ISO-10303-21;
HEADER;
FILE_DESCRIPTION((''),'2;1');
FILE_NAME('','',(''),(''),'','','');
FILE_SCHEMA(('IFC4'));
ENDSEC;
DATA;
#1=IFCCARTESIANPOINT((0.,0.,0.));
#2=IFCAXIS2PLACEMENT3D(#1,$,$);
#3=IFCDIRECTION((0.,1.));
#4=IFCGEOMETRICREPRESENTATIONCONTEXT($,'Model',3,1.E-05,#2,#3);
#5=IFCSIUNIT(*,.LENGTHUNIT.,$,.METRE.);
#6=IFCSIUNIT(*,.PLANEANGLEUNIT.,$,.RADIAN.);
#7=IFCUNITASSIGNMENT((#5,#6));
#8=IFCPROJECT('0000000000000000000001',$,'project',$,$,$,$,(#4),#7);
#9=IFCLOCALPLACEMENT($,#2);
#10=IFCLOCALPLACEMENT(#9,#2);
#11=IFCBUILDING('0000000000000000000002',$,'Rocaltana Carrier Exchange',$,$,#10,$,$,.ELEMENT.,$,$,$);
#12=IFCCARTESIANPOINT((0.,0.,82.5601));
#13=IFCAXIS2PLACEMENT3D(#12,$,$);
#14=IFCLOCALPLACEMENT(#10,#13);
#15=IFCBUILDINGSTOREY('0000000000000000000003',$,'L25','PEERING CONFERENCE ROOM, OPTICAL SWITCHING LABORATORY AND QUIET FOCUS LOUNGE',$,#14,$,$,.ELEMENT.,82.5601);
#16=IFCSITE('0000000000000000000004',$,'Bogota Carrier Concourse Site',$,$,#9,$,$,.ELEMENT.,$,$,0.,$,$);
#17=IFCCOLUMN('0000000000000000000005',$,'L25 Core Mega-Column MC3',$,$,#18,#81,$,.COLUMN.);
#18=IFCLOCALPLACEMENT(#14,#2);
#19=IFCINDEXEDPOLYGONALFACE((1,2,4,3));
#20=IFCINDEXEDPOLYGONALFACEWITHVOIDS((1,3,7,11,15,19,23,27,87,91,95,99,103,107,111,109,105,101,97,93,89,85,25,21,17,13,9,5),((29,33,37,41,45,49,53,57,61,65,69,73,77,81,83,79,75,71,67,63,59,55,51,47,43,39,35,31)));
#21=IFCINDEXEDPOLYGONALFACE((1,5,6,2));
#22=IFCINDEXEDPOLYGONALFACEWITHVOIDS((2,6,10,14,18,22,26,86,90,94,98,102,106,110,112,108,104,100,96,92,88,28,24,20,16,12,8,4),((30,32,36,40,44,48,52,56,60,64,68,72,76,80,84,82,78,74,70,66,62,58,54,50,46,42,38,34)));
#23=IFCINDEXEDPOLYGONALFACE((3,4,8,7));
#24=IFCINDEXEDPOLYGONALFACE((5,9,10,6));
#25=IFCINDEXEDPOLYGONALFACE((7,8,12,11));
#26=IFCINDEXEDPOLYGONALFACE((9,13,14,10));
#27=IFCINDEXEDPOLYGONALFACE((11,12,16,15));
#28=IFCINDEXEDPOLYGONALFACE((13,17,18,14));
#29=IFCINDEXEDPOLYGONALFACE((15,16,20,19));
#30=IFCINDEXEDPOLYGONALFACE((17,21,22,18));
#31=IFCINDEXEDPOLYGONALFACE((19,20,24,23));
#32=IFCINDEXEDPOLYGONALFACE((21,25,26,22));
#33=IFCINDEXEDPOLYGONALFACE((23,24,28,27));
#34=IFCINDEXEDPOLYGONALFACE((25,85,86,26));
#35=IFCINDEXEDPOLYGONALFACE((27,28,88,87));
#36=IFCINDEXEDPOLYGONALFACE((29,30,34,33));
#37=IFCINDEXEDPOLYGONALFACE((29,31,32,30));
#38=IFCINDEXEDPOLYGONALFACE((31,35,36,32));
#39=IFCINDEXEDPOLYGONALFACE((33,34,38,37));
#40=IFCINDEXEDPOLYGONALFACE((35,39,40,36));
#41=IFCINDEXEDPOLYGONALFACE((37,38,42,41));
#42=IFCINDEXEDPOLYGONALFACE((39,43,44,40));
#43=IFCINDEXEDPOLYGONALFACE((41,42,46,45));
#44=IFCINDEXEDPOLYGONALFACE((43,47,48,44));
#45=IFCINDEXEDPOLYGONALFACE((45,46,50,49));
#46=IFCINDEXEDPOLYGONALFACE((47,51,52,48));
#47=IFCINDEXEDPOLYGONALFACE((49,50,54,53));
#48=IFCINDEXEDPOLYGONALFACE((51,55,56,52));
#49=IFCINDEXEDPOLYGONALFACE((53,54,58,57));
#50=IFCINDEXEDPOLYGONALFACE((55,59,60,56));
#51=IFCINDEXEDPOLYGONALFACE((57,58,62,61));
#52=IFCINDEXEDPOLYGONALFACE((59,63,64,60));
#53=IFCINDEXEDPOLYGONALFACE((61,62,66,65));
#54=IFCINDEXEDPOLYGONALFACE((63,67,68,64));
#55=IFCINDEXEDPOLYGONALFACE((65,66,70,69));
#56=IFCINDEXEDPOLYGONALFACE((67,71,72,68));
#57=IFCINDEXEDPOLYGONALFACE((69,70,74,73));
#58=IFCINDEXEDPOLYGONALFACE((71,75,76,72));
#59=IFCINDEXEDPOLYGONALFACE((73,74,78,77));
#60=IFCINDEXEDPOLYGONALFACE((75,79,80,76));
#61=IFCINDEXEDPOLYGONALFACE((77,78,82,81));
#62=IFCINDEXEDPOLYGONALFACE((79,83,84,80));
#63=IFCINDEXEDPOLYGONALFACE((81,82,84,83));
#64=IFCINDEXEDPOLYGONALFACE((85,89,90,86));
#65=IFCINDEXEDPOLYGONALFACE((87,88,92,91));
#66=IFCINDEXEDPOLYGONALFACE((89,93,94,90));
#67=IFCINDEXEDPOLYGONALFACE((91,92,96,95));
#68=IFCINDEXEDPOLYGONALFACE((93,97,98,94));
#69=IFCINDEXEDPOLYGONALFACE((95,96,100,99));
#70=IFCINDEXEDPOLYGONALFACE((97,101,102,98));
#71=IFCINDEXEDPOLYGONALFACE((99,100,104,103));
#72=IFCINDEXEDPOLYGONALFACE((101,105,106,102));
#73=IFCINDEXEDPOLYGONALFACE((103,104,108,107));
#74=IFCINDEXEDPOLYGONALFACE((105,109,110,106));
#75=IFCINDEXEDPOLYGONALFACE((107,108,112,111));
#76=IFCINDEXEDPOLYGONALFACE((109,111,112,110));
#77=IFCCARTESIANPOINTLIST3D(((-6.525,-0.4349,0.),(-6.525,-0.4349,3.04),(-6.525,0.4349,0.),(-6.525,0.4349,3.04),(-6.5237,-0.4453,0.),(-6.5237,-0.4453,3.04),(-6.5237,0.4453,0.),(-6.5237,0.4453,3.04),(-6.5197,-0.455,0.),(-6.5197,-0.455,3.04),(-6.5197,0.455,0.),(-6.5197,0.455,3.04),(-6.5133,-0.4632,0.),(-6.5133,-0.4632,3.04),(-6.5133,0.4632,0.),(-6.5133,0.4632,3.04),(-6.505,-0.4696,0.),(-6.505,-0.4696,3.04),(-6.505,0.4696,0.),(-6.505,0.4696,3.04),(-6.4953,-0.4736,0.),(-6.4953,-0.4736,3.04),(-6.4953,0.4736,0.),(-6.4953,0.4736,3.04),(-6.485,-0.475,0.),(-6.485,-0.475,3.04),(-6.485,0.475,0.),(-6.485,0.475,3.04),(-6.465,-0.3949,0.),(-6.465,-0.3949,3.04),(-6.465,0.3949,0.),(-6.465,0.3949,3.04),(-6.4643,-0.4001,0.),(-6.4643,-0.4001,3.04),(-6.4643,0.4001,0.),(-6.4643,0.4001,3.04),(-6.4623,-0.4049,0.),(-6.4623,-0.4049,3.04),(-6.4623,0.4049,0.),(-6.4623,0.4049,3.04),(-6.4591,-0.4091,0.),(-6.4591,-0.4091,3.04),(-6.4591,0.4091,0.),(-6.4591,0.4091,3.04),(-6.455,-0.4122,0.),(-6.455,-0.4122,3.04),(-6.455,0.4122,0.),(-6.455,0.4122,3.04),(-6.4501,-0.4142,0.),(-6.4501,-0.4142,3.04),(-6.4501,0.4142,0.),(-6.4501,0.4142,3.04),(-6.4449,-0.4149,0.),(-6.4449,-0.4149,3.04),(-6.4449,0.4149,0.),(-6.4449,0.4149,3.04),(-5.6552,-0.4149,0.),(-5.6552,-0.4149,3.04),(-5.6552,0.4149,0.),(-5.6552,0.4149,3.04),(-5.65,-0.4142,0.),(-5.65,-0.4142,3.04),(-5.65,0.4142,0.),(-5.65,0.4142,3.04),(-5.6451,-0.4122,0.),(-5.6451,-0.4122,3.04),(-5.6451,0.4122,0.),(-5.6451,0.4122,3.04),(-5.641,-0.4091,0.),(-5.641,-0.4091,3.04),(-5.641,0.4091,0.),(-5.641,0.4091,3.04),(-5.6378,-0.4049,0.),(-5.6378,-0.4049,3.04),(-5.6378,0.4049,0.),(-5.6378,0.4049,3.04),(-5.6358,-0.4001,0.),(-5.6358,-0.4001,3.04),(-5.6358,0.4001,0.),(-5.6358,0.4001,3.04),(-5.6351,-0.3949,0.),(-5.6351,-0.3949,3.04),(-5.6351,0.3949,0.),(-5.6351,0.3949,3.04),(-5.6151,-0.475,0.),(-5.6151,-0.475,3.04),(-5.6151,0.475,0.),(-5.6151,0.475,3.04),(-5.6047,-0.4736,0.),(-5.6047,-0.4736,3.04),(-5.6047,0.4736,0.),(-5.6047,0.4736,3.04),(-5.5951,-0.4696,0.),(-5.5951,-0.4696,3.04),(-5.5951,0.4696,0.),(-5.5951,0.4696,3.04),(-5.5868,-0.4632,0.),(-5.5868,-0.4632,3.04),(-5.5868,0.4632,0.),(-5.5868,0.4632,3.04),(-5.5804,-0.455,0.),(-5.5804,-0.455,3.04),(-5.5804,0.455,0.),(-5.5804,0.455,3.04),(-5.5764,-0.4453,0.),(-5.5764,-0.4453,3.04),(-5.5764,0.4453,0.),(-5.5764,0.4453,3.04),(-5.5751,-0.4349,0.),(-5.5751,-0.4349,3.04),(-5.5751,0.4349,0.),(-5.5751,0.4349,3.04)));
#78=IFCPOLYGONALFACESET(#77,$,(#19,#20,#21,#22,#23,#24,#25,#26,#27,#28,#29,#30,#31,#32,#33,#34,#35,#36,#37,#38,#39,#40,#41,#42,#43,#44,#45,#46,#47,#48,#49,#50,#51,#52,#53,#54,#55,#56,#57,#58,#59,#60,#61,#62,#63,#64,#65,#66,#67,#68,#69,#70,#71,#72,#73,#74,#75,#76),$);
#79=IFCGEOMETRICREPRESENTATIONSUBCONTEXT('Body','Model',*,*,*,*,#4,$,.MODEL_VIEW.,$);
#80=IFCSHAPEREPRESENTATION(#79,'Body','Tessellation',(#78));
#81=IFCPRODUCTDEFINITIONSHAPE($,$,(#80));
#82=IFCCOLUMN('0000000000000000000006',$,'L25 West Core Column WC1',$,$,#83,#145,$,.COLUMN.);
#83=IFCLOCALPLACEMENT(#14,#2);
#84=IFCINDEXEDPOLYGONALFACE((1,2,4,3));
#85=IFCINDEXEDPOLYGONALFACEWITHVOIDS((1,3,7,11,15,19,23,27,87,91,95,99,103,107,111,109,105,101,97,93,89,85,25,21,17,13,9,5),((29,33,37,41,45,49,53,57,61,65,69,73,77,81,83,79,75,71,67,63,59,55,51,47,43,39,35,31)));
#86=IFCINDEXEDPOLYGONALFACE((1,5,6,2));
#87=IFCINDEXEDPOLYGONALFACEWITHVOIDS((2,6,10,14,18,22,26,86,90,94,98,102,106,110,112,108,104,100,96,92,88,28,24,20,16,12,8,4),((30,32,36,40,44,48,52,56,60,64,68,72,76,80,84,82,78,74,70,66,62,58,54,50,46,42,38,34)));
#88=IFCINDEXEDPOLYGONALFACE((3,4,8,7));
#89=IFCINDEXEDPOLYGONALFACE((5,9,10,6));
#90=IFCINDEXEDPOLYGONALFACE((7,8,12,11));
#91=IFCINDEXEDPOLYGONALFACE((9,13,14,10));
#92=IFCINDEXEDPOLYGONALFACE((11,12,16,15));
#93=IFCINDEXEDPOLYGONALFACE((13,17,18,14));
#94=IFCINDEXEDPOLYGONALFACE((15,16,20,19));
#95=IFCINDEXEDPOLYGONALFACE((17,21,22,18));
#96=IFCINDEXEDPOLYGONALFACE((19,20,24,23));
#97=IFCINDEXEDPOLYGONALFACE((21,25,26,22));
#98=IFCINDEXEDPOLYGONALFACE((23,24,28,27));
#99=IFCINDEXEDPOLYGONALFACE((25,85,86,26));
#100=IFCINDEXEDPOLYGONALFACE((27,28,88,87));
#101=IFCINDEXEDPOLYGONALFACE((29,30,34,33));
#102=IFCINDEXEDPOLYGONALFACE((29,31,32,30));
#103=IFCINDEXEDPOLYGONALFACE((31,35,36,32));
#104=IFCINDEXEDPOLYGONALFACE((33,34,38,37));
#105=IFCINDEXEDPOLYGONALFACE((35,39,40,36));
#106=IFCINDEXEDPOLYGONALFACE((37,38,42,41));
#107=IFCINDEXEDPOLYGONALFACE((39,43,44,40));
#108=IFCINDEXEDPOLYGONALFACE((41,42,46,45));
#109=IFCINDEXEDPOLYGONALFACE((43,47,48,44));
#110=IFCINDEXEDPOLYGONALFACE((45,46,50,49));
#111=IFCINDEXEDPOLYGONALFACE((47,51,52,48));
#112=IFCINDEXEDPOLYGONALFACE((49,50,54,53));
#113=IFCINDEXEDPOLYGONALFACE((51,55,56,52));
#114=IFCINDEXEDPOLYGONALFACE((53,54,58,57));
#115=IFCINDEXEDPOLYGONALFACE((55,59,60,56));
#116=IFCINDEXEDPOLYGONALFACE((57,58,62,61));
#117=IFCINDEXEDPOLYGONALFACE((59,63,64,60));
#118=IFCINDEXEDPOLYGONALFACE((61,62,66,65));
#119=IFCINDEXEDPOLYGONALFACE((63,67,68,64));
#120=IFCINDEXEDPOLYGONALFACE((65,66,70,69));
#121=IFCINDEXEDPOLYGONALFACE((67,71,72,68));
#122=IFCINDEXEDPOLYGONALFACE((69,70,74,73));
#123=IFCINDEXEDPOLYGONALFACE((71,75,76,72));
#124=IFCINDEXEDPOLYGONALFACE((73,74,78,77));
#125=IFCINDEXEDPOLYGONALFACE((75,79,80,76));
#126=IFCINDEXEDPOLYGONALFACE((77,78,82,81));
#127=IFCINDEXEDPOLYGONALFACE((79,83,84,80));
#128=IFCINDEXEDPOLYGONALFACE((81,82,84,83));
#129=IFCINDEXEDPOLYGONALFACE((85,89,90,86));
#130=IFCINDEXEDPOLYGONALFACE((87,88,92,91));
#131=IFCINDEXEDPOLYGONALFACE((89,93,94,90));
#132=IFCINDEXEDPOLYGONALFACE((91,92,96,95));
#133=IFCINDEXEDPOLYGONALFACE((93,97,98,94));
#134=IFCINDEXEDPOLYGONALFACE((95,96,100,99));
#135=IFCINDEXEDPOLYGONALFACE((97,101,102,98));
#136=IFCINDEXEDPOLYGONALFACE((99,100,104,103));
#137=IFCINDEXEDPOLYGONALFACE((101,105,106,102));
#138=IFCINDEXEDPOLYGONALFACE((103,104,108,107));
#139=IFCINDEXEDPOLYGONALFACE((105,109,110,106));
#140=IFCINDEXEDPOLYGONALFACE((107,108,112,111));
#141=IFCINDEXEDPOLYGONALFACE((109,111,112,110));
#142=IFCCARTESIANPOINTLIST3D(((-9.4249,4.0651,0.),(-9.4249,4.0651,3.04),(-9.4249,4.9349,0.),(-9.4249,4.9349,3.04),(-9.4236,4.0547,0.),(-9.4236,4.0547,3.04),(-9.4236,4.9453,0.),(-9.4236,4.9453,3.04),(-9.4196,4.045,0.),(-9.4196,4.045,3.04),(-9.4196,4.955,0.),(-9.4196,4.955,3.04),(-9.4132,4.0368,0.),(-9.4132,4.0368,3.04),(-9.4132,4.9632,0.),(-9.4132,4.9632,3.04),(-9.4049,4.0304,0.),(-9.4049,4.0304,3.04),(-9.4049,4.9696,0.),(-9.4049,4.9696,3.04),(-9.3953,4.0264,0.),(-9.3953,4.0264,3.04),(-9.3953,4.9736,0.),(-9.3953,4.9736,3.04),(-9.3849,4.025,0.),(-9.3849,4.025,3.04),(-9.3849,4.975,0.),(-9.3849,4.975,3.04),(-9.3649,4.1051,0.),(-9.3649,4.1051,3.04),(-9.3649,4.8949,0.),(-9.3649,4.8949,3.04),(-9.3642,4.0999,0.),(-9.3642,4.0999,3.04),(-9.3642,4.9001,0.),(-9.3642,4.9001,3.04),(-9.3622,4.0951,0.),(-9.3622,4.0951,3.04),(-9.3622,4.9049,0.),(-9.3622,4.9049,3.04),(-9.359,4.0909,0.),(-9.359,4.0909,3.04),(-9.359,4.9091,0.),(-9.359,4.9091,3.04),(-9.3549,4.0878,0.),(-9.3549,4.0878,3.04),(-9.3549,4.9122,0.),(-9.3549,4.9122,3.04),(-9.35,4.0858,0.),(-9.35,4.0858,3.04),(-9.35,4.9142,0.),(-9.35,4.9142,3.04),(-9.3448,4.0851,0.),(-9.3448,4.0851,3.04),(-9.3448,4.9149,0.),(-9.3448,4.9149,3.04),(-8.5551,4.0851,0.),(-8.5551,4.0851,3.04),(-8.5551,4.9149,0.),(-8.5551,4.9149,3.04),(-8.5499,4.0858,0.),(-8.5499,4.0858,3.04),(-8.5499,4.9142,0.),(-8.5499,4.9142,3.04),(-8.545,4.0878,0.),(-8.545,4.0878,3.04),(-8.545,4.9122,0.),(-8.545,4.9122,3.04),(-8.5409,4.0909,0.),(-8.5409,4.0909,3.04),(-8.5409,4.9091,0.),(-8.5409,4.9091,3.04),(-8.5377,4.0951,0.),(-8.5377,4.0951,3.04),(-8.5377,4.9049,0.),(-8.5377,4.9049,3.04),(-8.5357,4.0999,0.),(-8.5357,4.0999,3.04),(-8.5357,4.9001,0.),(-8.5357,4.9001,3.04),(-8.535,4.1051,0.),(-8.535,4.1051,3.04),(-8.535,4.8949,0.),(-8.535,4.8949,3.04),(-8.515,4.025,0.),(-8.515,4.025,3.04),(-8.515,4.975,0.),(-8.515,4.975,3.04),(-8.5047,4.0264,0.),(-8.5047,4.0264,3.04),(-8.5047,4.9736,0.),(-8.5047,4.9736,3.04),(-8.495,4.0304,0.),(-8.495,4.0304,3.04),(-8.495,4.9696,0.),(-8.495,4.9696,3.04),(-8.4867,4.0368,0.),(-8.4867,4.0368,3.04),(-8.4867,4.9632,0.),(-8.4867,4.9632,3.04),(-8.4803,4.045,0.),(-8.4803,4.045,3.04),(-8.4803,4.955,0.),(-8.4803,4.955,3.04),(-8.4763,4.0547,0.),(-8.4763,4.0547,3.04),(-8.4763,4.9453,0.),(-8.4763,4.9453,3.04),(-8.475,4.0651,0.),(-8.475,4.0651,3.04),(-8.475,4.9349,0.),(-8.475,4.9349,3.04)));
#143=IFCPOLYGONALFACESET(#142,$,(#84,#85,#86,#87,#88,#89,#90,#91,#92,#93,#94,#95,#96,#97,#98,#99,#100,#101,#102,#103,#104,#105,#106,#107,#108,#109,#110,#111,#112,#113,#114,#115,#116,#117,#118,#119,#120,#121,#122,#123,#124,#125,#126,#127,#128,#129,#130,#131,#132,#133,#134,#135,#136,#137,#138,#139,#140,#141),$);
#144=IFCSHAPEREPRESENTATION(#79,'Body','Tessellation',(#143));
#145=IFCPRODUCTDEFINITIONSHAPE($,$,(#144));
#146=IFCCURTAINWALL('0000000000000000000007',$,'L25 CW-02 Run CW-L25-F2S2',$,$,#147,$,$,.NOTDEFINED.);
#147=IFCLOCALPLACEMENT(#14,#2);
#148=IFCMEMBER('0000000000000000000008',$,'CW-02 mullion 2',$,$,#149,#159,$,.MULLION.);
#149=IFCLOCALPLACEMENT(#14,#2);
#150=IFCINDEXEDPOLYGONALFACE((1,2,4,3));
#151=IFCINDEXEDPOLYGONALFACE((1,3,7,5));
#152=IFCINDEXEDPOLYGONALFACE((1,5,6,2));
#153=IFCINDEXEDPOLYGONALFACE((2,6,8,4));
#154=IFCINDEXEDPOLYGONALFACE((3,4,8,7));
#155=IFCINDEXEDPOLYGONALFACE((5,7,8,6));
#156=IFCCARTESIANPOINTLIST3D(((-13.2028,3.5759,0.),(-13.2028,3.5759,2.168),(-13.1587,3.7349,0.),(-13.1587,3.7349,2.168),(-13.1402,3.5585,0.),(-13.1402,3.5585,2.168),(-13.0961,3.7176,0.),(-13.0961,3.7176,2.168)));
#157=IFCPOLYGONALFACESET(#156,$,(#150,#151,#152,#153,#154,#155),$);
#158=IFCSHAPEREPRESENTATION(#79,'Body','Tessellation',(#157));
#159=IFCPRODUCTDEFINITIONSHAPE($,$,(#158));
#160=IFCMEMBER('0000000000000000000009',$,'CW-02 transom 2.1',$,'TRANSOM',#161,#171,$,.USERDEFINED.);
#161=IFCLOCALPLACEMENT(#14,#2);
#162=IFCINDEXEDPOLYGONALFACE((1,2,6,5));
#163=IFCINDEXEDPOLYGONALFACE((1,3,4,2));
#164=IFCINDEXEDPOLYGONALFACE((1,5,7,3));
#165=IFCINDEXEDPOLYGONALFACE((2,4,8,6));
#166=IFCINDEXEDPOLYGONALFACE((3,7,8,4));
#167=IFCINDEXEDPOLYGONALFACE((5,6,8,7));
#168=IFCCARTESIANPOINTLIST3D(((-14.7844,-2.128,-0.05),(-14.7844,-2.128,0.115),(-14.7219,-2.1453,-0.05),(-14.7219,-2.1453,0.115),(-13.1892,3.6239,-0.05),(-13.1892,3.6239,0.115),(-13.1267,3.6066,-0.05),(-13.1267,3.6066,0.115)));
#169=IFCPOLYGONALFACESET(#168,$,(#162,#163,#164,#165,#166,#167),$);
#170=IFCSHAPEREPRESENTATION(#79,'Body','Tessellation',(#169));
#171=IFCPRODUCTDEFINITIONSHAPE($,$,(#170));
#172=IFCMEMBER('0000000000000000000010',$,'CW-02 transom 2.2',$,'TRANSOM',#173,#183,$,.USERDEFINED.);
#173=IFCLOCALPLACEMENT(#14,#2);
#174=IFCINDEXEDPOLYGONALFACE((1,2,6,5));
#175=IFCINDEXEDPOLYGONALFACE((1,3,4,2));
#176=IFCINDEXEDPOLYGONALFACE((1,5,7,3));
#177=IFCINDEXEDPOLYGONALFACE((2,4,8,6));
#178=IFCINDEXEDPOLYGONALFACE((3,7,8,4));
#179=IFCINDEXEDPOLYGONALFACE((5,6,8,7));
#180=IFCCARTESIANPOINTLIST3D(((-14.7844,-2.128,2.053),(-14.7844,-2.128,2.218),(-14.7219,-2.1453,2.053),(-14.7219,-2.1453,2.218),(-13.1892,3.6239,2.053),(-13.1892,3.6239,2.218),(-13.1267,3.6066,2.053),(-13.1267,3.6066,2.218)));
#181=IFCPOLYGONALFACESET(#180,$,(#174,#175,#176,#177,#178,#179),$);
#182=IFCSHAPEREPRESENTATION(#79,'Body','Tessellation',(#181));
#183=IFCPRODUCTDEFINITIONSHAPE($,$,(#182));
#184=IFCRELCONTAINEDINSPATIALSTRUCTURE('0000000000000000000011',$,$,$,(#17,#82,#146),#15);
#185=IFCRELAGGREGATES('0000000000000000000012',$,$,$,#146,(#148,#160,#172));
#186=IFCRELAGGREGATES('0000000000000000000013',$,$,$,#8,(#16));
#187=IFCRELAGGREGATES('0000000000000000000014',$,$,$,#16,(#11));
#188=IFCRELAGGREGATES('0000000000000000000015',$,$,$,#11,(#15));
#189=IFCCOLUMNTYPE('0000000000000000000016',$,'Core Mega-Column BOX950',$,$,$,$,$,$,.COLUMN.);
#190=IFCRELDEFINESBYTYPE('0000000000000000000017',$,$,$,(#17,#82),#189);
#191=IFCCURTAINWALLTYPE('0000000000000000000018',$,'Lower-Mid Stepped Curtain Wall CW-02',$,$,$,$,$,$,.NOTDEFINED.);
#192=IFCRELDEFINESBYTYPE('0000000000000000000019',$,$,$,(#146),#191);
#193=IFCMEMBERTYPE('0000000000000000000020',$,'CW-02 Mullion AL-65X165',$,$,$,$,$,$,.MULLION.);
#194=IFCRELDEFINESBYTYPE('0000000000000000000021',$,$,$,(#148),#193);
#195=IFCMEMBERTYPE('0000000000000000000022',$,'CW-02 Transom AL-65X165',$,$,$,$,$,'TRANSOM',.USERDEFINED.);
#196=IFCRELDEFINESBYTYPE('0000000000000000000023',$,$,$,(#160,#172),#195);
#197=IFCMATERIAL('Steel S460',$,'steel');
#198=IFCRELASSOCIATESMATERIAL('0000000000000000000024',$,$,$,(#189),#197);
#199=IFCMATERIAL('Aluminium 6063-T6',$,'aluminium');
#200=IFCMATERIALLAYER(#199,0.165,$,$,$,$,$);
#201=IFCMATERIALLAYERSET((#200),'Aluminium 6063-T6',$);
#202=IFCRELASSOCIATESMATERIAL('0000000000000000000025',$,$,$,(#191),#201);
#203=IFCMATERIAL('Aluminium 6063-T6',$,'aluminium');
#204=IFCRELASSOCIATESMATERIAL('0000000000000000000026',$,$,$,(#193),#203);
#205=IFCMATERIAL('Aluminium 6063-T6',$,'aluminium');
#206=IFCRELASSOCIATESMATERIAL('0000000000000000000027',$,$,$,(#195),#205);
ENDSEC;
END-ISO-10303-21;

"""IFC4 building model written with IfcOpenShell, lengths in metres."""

from ifc_helpers import new_model, si_unit, direction, frame, origin, origin_2d, place, context, subcontext, project, spatial, rectangle, hollow_rectangle, extrude, material, layer, layer_set, material_profile, profile_set, type_object, element, aggregate, save


model = new_model("IFC4")

# Units and contexts
model_context = context("Model", 3, precision=1e-05, world=origin(), true_north=direction((0.0, 1.0)))
body_context = subcontext(model_context, "Body", "Model", "MODEL_VIEW")
ifc_project = project(units=[si_unit("LENGTHUNIT", "METRE"), si_unit("PLANEANGLEUNIT", "RADIAN")], contexts=[model_context])

# Site, building, storey
site_placement = place(None, origin())
site = spatial("IfcSite", under=ifc_project, at=site_placement, Name="Bogota Carrier Concourse Site", CompositionType="ELEMENT", RefElevation=0.0)
building_placement = place(site_placement, origin())
building = spatial("IfcBuilding", under=site, at=building_placement, Name="Rocaltana Carrier Exchange", CompositionType="ELEMENT")
storey_placement = place(building_placement, frame((0.0, 0.0, 82.5601)))
storey = spatial("IfcBuildingStorey", under=building, at=storey_placement, Name="L25", Description="PEERING CONFERENCE ROOM, OPTICAL SWITCHING LABORATORY AND QUIET FOCUS LOUNGE", CompositionType="ELEMENT", Elevation=82.5601)

# Columns
ifc_material_1 = material(Name="Steel S460", Category="steel")
ifc_material_profile_1 = material_profile(ifc_material_1, hollow_rectangle(XDim=0.95, YDim=0.95, WallThickness=0.0601, InnerFilletRadius=0.02, OuterFilletRadius=0.04, at=origin_2d()), Name="BOX950X950X60")
ifc_profile_set_1 = profile_set([ifc_material_profile_1], Name="Steel S460")
column_type = type_object("IfcColumnType", Name="Core Mega-Column BOX950", PredefinedType="COLUMN", material=ifc_profile_set_1)
for number, where, z_axis, x_axis, name in (
    (1, (-6.05, 0.0, 0.0), (0.0, 0.0, 1.0), (1.0, 0.0, 0.0), "L25 Core Mega-Column MC3"),
    (2, (-8.95, 4.5, 0.0), (0.0, 0.0, 1.0), (1.0, 0.0, 0.0), "L25 West Core Column WC1"),
):
    element("IfcColumn", number, at=place(storey_placement, frame(where, z_axis=z_axis, x_axis=x_axis)), inside=storey, type_object=column_type, Name=name, PredefinedType="COLUMN", context=body_context, shape_type="SweptSolid", body=[
        extrude(hollow_rectangle(XDim=0.95, YDim=0.95, WallThickness=0.0601, InnerFilletRadius=0.02, OuterFilletRadius=0.04, at=origin_2d()), origin(), (0.0, 0.0, 1.0), 3.04),
    ])

# Curtain wall, members
ifc_material_2 = material(Name="Aluminium 6063-T6", Category="aluminium")
ifc_layer_1 = layer(ifc_material_2, 0.165)
ifc_layer_set_1 = layer_set([ifc_layer_1], Name="Aluminium 6063-T6")
curtain_wall_type = type_object("IfcCurtainWallType", Name="Lower-Mid Stepped Curtain Wall CW-02", PredefinedType="NOTDEFINED", material=ifc_layer_set_1)
curtain_wall_placement = place(storey_placement, origin())
curtain_wall = element("IfcCurtainWall", 3, at=curtain_wall_placement, inside=storey, type_object=curtain_wall_type, Name="L25 CW-02 Run CW-L25-F2S2", PredefinedType="NOTDEFINED")
ifc_material_3 = material(Name="Aluminium 6063-T6", Category="aluminium")
ifc_material_profile_2 = material_profile(ifc_material_3, rectangle(XDim=0.0649, YDim=0.165, at=origin_2d()), Name="AL-65X165")
ifc_profile_set_2 = profile_set([ifc_material_profile_2], Name="Aluminium 6063-T6")
member_type_1 = type_object("IfcMemberType", Name="CW-02 Mullion AL-65X165", PredefinedType="MULLION", material=ifc_profile_set_2)
member_1_placement = place(storey_placement, frame((-13.1494, 3.6467, 0.0), z_axis=(0.0, 0.0, 1.0), x_axis=(0.963631, -0.267238, 0.0)))
member_1 = element("IfcMember", 4, at=member_1_placement, type_object=member_type_1, Name="CW-02 mullion 2", PredefinedType="MULLION", context=body_context, shape_type="SweptSolid", body=[
    extrude(rectangle(XDim=0.0649, YDim=0.165, at=origin_2d()), origin(), (0.0, 0.0, 1.0), 2.168),
])
ifc_material_4 = material(Name="Aluminium 6063-T6", Category="aluminium")
ifc_material_profile_3 = material_profile(ifc_material_4, rectangle(XDim=0.0649, YDim=0.165, at=origin_2d()), Name="AL-65X165")
ifc_profile_set_3 = profile_set([ifc_material_profile_3], Name="Aluminium 6063-T6")
member_type_2 = type_object("IfcMemberType", Name="CW-02 Transom AL-65X165", ElementType="TRANSOM", PredefinedType="USERDEFINED", material=ifc_profile_set_3)
member_2_placement = place(storey_placement, frame((-13.158, 3.6152, 0.0325), z_axis=(-0.267247, -0.963628, 0.0), x_axis=(0.963628, -0.267247, 0.0)))
member_2 = element("IfcMember", 5, at=member_2_placement, type_object=member_type_2, Name="CW-02 transom 2.1", ObjectType="TRANSOM", PredefinedType="USERDEFINED", context=body_context, shape_type="SweptSolid", body=[
    extrude(rectangle(XDim=0.0649, YDim=0.165, at=origin_2d()), origin(), (0.0, 0.0, 1.0), 5.969),
])
member_3_placement = place(storey_placement, frame((-13.158, 3.6152, 2.1355), z_axis=(-0.267247, -0.963628, 0.0), x_axis=(0.963628, -0.267247, 0.0)))
member_3 = element("IfcMember", 6, at=member_3_placement, type_object=member_type_2, Name="CW-02 transom 2.2", ObjectType="TRANSOM", PredefinedType="USERDEFINED", context=body_context, shape_type="SweptSolid", body=[
    extrude(rectangle(XDim=0.0649, YDim=0.165, at=origin_2d()), origin(), (0.0, 0.0, 1.0), 5.969),
])

aggregate(curtain_wall, [member_1, member_2, member_3])

save(model, "model.ifc")
